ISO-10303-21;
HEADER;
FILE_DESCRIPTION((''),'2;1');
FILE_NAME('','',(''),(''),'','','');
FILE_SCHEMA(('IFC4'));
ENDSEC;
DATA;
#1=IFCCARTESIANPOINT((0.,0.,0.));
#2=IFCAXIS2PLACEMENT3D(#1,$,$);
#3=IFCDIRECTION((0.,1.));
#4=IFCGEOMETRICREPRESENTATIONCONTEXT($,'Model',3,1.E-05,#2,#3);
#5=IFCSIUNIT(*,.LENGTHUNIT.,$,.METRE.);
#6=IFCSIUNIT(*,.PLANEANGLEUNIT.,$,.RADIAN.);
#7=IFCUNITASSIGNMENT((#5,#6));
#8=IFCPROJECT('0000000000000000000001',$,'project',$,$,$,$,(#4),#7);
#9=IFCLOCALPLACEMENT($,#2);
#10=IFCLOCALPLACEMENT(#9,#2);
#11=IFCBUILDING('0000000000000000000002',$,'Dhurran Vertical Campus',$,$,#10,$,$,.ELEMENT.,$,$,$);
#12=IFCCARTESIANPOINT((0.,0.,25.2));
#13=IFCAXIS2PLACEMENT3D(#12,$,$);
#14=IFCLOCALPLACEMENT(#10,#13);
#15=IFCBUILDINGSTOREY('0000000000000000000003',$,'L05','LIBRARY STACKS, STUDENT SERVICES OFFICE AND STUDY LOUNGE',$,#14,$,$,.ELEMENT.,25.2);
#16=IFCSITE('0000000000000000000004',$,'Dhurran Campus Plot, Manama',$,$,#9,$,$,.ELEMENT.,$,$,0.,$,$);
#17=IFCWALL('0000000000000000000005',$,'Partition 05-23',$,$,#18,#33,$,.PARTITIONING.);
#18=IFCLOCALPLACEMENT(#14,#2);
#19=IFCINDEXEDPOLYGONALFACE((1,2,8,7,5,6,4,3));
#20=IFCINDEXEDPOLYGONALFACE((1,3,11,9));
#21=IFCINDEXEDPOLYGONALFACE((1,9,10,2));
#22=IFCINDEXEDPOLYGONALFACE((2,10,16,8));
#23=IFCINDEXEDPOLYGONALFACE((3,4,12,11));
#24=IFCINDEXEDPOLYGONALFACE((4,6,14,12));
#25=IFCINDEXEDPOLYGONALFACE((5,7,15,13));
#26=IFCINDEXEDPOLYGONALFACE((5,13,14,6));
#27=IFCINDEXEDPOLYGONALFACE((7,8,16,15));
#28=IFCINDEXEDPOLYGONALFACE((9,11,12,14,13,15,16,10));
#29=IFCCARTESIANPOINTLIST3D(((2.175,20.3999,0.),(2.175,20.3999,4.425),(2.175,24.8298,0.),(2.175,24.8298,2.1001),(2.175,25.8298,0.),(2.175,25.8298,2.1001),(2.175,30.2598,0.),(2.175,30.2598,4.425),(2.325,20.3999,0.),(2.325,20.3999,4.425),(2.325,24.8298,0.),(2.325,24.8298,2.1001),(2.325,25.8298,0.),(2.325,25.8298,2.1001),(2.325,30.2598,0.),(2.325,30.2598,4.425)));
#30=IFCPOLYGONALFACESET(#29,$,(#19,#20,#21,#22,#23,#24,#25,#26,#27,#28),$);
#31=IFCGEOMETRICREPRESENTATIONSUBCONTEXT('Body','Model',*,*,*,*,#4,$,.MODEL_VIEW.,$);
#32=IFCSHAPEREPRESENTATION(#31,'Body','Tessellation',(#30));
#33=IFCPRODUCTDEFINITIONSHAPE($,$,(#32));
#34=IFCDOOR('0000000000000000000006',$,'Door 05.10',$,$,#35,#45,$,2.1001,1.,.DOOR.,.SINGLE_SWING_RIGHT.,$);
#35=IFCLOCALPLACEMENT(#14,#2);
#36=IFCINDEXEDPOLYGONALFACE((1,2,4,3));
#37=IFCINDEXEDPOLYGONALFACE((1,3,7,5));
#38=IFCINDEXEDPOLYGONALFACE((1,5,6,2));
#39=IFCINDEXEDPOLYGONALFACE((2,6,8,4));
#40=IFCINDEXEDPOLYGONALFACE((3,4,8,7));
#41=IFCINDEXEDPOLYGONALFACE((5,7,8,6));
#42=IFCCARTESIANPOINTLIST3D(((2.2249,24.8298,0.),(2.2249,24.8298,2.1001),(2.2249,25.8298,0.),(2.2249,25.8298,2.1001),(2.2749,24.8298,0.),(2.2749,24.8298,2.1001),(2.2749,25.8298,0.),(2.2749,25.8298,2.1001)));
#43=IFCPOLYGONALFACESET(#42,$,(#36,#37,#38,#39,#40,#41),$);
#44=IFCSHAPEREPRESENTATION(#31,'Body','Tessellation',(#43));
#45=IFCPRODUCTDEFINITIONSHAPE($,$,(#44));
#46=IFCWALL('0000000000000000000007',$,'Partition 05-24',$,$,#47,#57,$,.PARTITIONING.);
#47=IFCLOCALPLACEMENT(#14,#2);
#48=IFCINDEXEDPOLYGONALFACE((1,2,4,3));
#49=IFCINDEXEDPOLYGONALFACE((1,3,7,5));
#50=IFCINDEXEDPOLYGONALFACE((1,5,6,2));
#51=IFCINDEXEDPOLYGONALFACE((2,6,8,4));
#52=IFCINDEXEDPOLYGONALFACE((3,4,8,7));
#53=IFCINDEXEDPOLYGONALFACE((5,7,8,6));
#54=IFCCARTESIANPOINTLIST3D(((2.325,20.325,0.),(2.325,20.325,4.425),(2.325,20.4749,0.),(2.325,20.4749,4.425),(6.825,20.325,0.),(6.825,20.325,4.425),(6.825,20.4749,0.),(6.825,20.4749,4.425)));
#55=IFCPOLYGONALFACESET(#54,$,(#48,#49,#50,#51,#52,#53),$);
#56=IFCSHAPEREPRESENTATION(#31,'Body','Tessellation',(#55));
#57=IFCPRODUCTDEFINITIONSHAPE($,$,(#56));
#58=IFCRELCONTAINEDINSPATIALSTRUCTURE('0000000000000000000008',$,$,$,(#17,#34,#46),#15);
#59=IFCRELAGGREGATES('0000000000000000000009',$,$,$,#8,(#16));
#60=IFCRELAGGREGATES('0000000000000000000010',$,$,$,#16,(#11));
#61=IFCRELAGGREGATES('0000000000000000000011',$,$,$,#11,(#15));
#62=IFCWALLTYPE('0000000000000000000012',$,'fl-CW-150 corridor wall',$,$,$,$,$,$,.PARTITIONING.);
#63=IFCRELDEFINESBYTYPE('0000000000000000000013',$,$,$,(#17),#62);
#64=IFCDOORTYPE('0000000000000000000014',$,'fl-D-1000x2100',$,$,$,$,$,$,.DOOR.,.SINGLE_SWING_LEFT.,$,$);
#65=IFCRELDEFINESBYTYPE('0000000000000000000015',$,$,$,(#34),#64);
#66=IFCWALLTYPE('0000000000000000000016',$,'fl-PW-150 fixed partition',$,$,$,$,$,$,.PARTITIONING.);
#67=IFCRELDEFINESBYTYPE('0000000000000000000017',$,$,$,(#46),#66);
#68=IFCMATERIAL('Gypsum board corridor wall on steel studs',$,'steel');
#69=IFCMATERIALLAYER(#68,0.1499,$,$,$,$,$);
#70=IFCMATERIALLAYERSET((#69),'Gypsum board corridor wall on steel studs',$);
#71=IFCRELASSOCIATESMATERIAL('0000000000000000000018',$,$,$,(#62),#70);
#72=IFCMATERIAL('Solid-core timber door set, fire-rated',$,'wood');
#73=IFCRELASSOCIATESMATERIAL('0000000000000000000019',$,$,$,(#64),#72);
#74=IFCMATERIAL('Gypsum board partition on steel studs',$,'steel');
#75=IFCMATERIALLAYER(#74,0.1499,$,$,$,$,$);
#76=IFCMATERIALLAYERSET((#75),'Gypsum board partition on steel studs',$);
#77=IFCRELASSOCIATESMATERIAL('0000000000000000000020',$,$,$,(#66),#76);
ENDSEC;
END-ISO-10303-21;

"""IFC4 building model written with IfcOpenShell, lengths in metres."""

from ifc_helpers import new_model, si_unit, direction, frame, frame_2d, origin, place, context, subcontext, project, spatial, rectangle, extrude, material, layer, layer_set, type_object, element, fill, save


model = new_model("IFC4")

# Units and contexts
model_context = context("Model", 3, precision=1e-05, world=origin(), true_north=direction((0.0, 1.0)))
body_context = subcontext(model_context, "Body", "Model", "MODEL_VIEW")
ifc_project = project(units=[si_unit("LENGTHUNIT", "METRE"), si_unit("PLANEANGLEUNIT", "RADIAN")], contexts=[model_context])

# Site, building, storey
site_placement = place(None, origin())
site = spatial("IfcSite", under=ifc_project, at=site_placement, Name="Dhurran Campus Plot, Manama", CompositionType="ELEMENT", RefElevation=0.0)
building_placement = place(site_placement, origin())
building = spatial("IfcBuilding", under=site, at=building_placement, Name="Dhurran Vertical Campus", CompositionType="ELEMENT")
storey_placement = place(building_placement, frame((0.0, 0.0, 25.2)))
storey = spatial("IfcBuildingStorey", under=building, at=storey_placement, Name="L05", Description="LIBRARY STACKS, STUDENT SERVICES OFFICE AND STUDY LOUNGE", CompositionType="ELEMENT", Elevation=25.2)

# Wall, opening, door
ifc_material_1 = material(Name="Gypsum board corridor wall on steel studs", Category="steel")
ifc_layer_1 = layer(ifc_material_1, 0.1499)
ifc_layer_set_1 = layer_set([ifc_layer_1], Name="Gypsum board corridor wall on steel studs")
wall_type_1 = type_object("IfcWallType", Name="fl-CW-150 corridor wall", PredefinedType="PARTITIONING", material=ifc_layer_set_1)
ifc_material_2 = material(Name="Solid-core timber door set, fire-rated", Category="wood")
door_type = type_object("IfcDoorType", Name="fl-D-1000x2100", OperationType="SINGLE_SWING_LEFT", PredefinedType="DOOR", material=ifc_material_2)
wall_1_placement = place(storey_placement, frame((2.25, 30.2598, 0.0), z_axis=(0.0, 0.0, 1.0), x_axis=(0.0, -1.0, 0.0)))
wall_1 = element("IfcWall", 1, at=wall_1_placement, inside=storey, type_object=wall_type_1, Name="Partition 05-23", PredefinedType="PARTITIONING", context=body_context, shape_type="SweptSolid", body=[
    extrude(rectangle(XDim=9.8599, YDim=0.1499, at=frame_2d((4.9299, 0.0))), origin(), (0.0, 0.0, 1.0), 4.425),
])
opening_1_placement = place(wall_1_placement, frame((4.4299, 0.0, 0.0)))
opening_1 = element("IfcOpeningElement", 2, at=opening_1_placement, cuts=wall_1, PredefinedType="OPENING", context=body_context, shape_type="SweptSolid", body=[
    extrude(rectangle(XDim=1.0, YDim=2.1001, at=frame_2d((0.5, 1.05))), frame((0.0, 0.085, 0.0), z_axis=(0.0, -1.0, 0.0), x_axis=(1.0, 0.0, 0.0)), (0.0, 0.0, 1.0), 0.1699),
])
door_1_placement = place(opening_1_placement, origin())
door_1 = element("IfcDoor", 3, at=door_1_placement, inside=storey, type_object=door_type, Name="Door 05.10", OperationType="SINGLE_SWING_RIGHT", OverallHeight=2.1001, OverallWidth=1.0, PredefinedType="DOOR", context=body_context, shape_type="SweptSolid", body=[
    extrude(rectangle(XDim=1.0, YDim=2.1001, at=frame_2d((0.5, 1.05))), frame((0.0, 0.0249, 0.0), z_axis=(0.0, -1.0, 0.0), x_axis=(1.0, 0.0, 0.0)), (0.0, 0.0, 1.0), 0.05),
])
fill(opening_1, door_1)

# Wall
ifc_material_3 = material(Name="Gypsum board partition on steel studs", Category="steel")
ifc_layer_2 = layer(ifc_material_3, 0.1499)
ifc_layer_set_2 = layer_set([ifc_layer_2], Name="Gypsum board partition on steel studs")
wall_type_2 = type_object("IfcWallType", Name="fl-PW-150 fixed partition", PredefinedType="PARTITIONING", material=ifc_layer_set_2)
wall_2_placement = place(storey_placement, frame((2.325, 20.3999, 0.0), z_axis=(0.0, 0.0, 1.0), x_axis=(1.0, 0.0, 0.0)))
element("IfcWall", 4, at=wall_2_placement, inside=storey, type_object=wall_type_2, Name="Partition 05-24", PredefinedType="PARTITIONING", context=body_context, shape_type="SweptSolid", body=[
    extrude(rectangle(XDim=4.5, YDim=0.1499, at=frame_2d((2.25, 0.0))), origin(), (0.0, 0.0, 1.0), 4.425),
])

save(model, "model.ifc")
